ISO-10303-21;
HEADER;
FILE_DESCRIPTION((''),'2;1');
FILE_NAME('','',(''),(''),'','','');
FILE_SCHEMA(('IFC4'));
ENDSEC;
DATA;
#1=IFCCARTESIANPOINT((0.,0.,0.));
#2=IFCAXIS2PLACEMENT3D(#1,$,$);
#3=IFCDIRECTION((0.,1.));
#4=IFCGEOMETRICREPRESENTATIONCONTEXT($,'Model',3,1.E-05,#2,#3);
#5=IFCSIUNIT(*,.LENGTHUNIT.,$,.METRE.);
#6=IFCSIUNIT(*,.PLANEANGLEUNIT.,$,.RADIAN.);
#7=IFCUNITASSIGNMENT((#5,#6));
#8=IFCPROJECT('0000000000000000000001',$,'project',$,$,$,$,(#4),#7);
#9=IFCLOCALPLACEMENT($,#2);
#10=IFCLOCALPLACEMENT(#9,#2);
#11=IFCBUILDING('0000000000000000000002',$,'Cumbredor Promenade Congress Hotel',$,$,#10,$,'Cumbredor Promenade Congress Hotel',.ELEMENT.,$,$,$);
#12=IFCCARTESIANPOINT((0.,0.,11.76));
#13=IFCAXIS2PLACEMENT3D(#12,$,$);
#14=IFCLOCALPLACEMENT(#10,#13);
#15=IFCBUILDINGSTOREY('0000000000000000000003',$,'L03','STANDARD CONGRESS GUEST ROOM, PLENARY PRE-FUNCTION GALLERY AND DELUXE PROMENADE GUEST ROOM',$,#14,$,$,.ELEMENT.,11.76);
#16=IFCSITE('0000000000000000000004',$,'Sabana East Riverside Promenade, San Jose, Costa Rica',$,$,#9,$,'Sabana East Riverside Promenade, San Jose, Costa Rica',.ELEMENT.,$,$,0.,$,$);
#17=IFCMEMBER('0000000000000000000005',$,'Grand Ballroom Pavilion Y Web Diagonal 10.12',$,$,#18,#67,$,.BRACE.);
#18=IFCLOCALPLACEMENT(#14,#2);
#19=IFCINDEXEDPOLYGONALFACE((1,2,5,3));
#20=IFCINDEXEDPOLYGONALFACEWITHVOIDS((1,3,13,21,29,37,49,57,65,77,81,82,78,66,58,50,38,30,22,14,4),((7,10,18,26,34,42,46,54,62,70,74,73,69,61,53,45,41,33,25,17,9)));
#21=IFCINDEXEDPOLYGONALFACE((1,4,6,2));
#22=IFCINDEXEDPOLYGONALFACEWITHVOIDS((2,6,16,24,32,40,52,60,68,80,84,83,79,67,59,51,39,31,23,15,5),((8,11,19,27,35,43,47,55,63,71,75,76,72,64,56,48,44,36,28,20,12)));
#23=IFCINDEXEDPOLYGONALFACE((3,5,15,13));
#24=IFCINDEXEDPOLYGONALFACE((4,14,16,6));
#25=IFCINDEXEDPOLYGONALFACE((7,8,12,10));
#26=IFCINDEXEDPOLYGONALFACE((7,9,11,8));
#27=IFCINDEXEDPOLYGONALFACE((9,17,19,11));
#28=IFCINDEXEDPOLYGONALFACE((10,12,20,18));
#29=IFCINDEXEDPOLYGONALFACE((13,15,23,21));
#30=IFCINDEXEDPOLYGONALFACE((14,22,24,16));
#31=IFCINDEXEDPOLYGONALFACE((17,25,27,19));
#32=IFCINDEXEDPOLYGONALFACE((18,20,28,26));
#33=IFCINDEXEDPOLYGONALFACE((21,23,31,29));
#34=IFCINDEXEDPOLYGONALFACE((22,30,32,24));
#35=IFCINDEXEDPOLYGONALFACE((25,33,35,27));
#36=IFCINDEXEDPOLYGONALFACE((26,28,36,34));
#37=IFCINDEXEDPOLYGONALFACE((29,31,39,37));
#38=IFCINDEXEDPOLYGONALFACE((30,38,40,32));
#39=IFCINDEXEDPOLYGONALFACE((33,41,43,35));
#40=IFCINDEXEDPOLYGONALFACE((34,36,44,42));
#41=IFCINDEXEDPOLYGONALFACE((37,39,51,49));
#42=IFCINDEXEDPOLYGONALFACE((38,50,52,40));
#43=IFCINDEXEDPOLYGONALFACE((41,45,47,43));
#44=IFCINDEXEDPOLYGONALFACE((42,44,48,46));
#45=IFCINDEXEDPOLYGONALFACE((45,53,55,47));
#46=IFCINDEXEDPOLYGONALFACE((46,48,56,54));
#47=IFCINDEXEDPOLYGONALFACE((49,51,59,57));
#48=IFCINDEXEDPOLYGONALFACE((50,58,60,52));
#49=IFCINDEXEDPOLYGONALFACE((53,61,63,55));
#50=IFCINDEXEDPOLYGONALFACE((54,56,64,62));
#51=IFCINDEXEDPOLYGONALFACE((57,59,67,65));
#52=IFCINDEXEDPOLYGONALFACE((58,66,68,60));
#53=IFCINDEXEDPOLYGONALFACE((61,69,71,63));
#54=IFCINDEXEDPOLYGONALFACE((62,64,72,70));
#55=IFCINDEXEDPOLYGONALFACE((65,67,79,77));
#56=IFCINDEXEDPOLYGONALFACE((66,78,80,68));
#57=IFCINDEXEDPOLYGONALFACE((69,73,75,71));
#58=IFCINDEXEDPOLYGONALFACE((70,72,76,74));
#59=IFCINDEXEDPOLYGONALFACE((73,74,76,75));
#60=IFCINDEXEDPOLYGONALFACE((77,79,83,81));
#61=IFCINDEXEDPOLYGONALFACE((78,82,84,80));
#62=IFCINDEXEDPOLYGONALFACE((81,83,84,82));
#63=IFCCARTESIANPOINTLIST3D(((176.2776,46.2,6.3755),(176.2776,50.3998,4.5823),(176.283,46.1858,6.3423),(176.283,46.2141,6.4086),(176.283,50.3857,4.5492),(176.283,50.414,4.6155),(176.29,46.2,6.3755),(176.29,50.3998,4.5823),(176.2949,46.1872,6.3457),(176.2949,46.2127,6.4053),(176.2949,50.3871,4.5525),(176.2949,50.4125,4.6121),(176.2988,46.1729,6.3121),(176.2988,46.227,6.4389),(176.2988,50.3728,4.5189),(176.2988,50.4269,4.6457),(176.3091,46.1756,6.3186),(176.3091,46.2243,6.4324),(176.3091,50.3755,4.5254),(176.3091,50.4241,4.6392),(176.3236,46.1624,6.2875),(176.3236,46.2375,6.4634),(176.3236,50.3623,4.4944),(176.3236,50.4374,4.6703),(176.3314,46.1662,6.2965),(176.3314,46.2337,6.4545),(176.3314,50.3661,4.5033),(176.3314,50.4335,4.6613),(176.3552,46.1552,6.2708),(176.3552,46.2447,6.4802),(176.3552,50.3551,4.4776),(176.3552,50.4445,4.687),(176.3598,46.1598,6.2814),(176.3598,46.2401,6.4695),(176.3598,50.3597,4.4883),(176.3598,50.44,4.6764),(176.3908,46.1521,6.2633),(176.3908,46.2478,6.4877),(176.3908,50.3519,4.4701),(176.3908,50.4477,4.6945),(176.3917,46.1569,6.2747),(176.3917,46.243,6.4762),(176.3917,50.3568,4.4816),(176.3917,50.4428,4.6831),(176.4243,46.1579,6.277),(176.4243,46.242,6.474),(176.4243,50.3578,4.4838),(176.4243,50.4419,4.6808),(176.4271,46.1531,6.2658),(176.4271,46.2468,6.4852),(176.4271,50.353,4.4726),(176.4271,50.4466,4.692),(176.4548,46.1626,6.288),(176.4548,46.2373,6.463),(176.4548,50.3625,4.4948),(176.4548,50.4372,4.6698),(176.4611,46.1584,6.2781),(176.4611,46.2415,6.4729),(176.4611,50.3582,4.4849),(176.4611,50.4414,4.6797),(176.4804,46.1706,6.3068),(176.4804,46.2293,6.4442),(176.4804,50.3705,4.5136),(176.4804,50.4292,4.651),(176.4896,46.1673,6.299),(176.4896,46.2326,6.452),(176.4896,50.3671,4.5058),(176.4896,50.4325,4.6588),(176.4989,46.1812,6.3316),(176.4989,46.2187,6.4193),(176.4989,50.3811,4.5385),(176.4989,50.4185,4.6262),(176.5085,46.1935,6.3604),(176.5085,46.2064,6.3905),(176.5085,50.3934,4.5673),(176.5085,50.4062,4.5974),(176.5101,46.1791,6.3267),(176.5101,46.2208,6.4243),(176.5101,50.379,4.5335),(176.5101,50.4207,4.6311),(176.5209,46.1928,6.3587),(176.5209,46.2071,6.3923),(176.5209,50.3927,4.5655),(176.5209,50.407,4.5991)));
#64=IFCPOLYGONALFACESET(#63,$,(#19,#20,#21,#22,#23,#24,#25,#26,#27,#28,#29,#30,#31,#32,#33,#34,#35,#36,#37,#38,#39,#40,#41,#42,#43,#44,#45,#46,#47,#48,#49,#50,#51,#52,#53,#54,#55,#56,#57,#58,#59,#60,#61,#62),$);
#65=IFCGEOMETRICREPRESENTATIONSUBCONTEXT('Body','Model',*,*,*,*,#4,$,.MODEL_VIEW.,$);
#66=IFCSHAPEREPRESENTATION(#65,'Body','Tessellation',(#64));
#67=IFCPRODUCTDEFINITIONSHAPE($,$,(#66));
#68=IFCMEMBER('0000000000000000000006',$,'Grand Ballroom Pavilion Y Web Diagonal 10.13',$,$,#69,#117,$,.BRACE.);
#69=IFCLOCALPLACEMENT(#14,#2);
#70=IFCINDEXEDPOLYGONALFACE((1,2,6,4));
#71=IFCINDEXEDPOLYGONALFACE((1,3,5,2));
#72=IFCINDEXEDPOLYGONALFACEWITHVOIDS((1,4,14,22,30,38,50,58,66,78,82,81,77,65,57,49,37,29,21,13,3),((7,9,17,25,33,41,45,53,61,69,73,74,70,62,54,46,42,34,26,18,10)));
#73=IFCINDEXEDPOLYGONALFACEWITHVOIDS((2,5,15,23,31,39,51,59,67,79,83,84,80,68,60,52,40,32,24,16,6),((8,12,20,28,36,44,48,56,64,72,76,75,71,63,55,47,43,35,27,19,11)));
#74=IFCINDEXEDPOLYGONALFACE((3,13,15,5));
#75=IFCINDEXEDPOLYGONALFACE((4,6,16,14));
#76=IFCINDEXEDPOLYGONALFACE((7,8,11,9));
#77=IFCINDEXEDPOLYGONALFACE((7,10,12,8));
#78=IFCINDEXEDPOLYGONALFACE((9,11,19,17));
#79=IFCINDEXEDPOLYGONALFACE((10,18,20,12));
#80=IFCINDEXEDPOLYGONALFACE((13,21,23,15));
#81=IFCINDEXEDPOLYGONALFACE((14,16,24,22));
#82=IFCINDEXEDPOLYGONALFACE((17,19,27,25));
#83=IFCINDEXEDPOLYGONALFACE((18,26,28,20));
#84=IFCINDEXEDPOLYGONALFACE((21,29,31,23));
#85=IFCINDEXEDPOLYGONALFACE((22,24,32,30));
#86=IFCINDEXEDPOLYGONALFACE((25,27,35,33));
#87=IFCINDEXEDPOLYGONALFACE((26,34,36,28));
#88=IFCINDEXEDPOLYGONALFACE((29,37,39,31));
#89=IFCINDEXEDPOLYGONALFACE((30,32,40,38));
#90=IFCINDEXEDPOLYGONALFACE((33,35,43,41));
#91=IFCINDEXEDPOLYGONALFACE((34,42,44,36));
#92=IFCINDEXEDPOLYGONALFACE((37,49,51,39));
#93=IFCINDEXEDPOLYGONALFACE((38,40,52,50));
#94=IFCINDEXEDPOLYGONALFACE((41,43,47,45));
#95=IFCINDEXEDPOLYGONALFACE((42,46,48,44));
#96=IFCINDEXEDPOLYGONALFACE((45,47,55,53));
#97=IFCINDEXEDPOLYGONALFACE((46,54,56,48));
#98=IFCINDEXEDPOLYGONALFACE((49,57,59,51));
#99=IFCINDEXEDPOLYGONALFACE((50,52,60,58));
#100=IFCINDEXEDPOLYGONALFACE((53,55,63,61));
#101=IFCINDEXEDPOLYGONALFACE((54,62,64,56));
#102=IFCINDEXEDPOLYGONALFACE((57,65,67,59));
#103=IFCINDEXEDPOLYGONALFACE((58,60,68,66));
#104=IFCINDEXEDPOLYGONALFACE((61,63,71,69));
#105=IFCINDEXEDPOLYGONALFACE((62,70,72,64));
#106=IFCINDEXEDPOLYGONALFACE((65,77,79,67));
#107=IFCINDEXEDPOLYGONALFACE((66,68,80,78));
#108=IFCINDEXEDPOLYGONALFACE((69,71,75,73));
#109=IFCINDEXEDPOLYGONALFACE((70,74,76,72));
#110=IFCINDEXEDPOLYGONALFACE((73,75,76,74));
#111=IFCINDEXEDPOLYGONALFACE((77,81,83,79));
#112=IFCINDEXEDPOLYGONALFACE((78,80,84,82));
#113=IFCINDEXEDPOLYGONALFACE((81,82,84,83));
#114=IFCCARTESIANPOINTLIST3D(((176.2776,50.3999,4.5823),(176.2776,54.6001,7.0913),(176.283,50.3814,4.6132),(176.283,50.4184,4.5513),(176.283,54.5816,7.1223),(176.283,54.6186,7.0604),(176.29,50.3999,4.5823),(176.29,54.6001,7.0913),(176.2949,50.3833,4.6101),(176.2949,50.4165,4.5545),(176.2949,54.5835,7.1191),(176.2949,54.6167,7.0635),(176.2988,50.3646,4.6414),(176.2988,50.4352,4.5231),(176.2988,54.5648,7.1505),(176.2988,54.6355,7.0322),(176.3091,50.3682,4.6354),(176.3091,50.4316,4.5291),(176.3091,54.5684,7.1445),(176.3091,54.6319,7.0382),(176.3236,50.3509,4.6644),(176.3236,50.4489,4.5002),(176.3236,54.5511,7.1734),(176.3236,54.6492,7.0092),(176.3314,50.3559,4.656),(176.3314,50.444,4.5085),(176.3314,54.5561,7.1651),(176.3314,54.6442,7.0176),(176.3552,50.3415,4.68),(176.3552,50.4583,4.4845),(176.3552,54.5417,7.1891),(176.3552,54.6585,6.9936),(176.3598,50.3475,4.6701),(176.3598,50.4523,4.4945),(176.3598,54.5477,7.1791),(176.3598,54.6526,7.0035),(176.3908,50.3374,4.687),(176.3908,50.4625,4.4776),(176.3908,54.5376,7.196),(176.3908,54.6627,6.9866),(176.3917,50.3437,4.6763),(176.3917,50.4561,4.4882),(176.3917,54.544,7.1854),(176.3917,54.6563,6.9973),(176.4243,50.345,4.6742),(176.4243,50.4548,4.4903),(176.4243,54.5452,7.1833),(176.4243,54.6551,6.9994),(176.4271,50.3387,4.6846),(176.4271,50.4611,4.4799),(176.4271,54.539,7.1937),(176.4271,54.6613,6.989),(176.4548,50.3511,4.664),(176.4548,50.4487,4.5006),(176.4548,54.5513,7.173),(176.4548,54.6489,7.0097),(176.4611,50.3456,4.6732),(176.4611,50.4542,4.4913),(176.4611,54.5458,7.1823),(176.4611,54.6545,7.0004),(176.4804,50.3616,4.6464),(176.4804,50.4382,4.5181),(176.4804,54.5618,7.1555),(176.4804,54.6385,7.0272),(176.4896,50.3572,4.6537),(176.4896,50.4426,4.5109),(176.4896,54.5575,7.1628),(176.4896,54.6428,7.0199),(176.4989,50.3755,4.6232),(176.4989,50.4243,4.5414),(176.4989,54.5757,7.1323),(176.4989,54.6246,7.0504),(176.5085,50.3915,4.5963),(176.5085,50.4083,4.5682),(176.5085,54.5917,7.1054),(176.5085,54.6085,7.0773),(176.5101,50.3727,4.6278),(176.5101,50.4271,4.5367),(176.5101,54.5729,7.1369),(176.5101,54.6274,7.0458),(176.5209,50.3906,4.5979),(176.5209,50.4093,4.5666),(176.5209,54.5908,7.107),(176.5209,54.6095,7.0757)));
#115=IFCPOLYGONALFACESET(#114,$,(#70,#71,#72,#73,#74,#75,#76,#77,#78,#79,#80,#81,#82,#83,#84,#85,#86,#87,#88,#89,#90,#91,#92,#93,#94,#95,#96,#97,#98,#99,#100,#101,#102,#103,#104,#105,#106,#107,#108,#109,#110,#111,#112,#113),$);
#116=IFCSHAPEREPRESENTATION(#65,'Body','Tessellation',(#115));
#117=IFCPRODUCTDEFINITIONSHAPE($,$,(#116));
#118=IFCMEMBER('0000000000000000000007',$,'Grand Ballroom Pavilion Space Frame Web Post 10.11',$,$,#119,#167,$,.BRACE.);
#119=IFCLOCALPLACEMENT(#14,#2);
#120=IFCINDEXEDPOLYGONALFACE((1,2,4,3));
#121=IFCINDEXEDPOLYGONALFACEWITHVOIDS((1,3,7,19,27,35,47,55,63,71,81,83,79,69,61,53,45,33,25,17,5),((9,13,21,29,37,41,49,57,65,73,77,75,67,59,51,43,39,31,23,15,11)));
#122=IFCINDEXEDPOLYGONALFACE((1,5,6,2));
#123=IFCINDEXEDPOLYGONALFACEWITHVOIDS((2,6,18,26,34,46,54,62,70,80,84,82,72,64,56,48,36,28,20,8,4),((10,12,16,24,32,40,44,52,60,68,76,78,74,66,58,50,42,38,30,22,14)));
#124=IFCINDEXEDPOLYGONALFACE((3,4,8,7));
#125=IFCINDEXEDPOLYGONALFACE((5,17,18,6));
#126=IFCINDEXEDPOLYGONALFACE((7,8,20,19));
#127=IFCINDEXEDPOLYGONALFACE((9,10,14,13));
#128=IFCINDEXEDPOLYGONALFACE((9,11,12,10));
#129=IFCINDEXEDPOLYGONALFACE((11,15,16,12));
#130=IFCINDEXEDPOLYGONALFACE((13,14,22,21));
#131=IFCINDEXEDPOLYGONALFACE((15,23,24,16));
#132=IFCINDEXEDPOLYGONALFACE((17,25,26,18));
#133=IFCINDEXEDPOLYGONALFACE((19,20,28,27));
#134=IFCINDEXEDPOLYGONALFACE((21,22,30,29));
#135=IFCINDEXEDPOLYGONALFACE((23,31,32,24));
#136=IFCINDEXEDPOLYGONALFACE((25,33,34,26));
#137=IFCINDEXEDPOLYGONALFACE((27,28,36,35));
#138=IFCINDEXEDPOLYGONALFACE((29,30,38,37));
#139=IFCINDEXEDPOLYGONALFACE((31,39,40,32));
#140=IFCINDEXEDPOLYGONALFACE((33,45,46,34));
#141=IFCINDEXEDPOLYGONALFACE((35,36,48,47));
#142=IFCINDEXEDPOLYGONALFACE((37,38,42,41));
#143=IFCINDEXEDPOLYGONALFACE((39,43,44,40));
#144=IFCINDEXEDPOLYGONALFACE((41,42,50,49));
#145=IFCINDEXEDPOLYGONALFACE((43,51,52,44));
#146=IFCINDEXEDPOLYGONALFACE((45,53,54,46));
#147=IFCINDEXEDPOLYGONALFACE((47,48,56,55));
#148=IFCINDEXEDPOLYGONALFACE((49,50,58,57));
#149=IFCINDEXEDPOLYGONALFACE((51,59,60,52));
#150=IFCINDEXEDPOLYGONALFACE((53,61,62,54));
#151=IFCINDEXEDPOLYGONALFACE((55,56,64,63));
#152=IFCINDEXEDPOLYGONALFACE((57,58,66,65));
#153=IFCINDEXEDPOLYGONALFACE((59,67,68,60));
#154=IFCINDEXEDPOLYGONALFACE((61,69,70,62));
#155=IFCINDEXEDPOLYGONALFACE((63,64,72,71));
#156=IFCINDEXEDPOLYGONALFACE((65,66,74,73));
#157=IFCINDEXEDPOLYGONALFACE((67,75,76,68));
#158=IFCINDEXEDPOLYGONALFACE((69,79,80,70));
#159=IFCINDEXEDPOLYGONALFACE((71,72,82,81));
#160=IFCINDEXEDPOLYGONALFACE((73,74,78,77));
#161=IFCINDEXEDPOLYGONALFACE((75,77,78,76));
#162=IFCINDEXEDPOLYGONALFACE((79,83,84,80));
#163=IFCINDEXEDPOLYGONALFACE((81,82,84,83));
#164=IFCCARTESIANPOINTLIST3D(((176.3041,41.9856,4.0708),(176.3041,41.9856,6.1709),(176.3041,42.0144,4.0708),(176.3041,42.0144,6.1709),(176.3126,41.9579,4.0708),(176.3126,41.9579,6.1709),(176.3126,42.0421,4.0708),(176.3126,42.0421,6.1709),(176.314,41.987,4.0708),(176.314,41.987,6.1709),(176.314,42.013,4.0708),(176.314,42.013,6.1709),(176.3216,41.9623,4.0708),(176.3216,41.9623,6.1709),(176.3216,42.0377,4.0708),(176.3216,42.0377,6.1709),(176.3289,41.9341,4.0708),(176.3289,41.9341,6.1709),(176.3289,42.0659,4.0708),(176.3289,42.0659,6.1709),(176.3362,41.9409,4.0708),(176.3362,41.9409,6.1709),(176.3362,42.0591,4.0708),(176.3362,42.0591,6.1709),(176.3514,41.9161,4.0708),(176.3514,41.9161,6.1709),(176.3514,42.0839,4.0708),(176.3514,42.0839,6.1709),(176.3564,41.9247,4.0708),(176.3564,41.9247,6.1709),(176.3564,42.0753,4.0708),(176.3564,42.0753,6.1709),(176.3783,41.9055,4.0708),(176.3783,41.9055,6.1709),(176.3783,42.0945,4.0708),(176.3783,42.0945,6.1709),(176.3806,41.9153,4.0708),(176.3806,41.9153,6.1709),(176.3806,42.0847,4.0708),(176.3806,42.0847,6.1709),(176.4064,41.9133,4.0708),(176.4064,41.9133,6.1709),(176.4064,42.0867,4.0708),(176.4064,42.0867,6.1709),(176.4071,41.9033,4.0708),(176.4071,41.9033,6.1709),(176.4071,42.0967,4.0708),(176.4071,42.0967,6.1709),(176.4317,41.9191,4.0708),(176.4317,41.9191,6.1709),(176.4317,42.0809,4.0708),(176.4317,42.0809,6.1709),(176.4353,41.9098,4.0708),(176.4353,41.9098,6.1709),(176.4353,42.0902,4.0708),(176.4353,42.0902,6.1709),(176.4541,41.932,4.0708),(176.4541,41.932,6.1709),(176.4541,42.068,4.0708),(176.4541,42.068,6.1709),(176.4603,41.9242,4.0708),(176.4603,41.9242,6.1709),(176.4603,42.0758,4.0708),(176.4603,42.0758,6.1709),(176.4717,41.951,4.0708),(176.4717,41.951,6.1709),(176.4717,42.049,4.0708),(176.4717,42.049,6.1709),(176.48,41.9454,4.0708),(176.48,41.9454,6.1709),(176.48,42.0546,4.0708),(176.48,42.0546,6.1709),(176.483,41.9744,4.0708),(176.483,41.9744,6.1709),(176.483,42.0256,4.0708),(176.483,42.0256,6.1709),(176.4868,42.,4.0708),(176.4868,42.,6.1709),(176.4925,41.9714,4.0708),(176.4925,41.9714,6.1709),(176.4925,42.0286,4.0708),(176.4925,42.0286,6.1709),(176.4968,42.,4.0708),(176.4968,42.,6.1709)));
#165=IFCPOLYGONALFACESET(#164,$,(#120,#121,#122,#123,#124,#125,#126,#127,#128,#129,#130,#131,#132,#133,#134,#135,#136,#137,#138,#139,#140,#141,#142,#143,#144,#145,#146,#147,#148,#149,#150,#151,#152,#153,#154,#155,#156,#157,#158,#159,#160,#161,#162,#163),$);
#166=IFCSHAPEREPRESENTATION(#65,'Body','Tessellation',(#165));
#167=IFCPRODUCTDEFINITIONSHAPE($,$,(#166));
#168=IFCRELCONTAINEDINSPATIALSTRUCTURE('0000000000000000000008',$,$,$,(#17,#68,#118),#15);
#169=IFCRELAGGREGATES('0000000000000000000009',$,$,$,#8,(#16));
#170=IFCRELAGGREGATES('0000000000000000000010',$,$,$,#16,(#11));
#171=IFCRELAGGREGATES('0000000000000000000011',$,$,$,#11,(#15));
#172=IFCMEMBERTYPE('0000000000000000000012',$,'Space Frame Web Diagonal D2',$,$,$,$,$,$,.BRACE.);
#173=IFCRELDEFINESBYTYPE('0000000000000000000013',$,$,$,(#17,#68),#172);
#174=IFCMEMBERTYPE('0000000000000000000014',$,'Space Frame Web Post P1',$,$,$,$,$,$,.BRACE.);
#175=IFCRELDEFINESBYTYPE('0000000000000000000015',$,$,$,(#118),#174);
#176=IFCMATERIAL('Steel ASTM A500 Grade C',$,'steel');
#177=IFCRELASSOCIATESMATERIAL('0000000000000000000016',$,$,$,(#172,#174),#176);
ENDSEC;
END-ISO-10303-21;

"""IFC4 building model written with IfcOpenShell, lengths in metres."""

from ifc_helpers import new_model, si_unit, direction, frame, origin, origin_2d, place, context, subcontext, project, spatial, hollow_circle, extrude, material, material_profile, profile_set, type_object, element, save


model = new_model("IFC4")

# Units and contexts
model_context = context("Model", 3, precision=1e-05, world=origin(), true_north=direction((0.0, 1.0)))
body_context = subcontext(model_context, "Body", "Model", "MODEL_VIEW")
ifc_project = project(units=[si_unit("LENGTHUNIT", "METRE"), si_unit("PLANEANGLEUNIT", "RADIAN")], contexts=[model_context])

# Site, building, storey
site_placement = place(None, origin())
site = spatial("IfcSite", under=ifc_project, at=site_placement, Name="Sabana East Riverside Promenade, San Jose, Costa Rica", LongName="Sabana East Riverside Promenade, San Jose, Costa Rica", CompositionType="ELEMENT", RefElevation=0.0)
building_placement = place(site_placement, origin())
building = spatial("IfcBuilding", under=site, at=building_placement, Name="Cumbredor Promenade Congress Hotel", LongName="Cumbredor Promenade Congress Hotel", CompositionType="ELEMENT")
storey_placement = place(building_placement, frame((0.0, 0.0, 11.76)))
storey = spatial("IfcBuildingStorey", under=building, at=storey_placement, Name="L03", Description="STANDARD CONGRESS GUEST ROOM, PLENARY PRE-FUNCTION GALLERY AND DELUXE PROMENADE GUEST ROOM", CompositionType="ELEMENT", Elevation=11.76)

# Members
ifc_material_1 = material(Name="Steel ASTM A500 Grade C", Category="steel")
ifc_material_profile_1 = material_profile(ifc_material_1, hollow_circle(Radius=0.1223, WallThickness=0.0125, at=origin_2d()), Name="CHS 244.5x12.5")
ifc_profile_set_1 = profile_set([ifc_material_profile_1], Name="Steel ASTM A500 Grade C")
member_type_1 = type_object("IfcMemberType", Name="Space Frame Web Diagonal D2", PredefinedType="BRACE", material=ifc_profile_set_1)
member_1_placement = place(storey_placement, frame((176.3999, 46.2, 6.3755), z_axis=(0.0, 0.919681, -0.392667), x_axis=(-1.0, 0.0, 0.0)))
element("IfcMember", 1, at=member_1_placement, inside=storey, type_object=member_type_1, Name="Grand Ballroom Pavilion Y Web Diagonal 10.12", PredefinedType="BRACE", context=body_context, shape_type="SweptSolid", body=[
    extrude(hollow_circle(Radius=0.1223, WallThickness=0.0125, at=origin_2d()), origin(), (0.0, 0.0, 1.0), 4.5667),
])
member_2_placement = place(storey_placement, frame((176.3999, 50.3999, 4.5823), z_axis=(0.0, 0.858491, 0.512829), x_axis=(-1.0, 0.0, 0.0)))
element("IfcMember", 2, at=member_2_placement, inside=storey, type_object=member_type_1, Name="Grand Ballroom Pavilion Y Web Diagonal 10.13", PredefinedType="BRACE", context=body_context, shape_type="SweptSolid", body=[
    extrude(hollow_circle(Radius=0.1223, WallThickness=0.0125, at=origin_2d()), origin(), (0.0, 0.0, 1.0), 4.8926),
])
ifc_material_profile_2 = material_profile(ifc_material_1, hollow_circle(Radius=0.0969, WallThickness=0.01, at=origin_2d()), Name="CHS 193.7x10")
ifc_profile_set_2 = profile_set([ifc_material_profile_2], Name="Steel ASTM A500 Grade C")
member_type_2 = type_object("IfcMemberType", Name="Space Frame Web Post P1", PredefinedType="BRACE", material=ifc_profile_set_2)
for number, where, z_axis, x_axis, name in (
    (3, (176.3999, 42.0, 4.0708), (0.0, 0.0, 1.0), (1.0, 0.0, 0.0), "Grand Ballroom Pavilion Space Frame Web Post 10.11"),
):
    element("IfcMember", number, at=place(storey_placement, frame(where, z_axis=z_axis, x_axis=x_axis)), inside=storey, type_object=member_type_2, Name=name, PredefinedType="BRACE", context=body_context, shape_type="SweptSolid", body=[
        extrude(hollow_circle(Radius=0.0969, WallThickness=0.01, at=origin_2d()), origin(), (0.0, 0.0, 1.0), 2.1001),
    ])

save(model, "model.ifc")
